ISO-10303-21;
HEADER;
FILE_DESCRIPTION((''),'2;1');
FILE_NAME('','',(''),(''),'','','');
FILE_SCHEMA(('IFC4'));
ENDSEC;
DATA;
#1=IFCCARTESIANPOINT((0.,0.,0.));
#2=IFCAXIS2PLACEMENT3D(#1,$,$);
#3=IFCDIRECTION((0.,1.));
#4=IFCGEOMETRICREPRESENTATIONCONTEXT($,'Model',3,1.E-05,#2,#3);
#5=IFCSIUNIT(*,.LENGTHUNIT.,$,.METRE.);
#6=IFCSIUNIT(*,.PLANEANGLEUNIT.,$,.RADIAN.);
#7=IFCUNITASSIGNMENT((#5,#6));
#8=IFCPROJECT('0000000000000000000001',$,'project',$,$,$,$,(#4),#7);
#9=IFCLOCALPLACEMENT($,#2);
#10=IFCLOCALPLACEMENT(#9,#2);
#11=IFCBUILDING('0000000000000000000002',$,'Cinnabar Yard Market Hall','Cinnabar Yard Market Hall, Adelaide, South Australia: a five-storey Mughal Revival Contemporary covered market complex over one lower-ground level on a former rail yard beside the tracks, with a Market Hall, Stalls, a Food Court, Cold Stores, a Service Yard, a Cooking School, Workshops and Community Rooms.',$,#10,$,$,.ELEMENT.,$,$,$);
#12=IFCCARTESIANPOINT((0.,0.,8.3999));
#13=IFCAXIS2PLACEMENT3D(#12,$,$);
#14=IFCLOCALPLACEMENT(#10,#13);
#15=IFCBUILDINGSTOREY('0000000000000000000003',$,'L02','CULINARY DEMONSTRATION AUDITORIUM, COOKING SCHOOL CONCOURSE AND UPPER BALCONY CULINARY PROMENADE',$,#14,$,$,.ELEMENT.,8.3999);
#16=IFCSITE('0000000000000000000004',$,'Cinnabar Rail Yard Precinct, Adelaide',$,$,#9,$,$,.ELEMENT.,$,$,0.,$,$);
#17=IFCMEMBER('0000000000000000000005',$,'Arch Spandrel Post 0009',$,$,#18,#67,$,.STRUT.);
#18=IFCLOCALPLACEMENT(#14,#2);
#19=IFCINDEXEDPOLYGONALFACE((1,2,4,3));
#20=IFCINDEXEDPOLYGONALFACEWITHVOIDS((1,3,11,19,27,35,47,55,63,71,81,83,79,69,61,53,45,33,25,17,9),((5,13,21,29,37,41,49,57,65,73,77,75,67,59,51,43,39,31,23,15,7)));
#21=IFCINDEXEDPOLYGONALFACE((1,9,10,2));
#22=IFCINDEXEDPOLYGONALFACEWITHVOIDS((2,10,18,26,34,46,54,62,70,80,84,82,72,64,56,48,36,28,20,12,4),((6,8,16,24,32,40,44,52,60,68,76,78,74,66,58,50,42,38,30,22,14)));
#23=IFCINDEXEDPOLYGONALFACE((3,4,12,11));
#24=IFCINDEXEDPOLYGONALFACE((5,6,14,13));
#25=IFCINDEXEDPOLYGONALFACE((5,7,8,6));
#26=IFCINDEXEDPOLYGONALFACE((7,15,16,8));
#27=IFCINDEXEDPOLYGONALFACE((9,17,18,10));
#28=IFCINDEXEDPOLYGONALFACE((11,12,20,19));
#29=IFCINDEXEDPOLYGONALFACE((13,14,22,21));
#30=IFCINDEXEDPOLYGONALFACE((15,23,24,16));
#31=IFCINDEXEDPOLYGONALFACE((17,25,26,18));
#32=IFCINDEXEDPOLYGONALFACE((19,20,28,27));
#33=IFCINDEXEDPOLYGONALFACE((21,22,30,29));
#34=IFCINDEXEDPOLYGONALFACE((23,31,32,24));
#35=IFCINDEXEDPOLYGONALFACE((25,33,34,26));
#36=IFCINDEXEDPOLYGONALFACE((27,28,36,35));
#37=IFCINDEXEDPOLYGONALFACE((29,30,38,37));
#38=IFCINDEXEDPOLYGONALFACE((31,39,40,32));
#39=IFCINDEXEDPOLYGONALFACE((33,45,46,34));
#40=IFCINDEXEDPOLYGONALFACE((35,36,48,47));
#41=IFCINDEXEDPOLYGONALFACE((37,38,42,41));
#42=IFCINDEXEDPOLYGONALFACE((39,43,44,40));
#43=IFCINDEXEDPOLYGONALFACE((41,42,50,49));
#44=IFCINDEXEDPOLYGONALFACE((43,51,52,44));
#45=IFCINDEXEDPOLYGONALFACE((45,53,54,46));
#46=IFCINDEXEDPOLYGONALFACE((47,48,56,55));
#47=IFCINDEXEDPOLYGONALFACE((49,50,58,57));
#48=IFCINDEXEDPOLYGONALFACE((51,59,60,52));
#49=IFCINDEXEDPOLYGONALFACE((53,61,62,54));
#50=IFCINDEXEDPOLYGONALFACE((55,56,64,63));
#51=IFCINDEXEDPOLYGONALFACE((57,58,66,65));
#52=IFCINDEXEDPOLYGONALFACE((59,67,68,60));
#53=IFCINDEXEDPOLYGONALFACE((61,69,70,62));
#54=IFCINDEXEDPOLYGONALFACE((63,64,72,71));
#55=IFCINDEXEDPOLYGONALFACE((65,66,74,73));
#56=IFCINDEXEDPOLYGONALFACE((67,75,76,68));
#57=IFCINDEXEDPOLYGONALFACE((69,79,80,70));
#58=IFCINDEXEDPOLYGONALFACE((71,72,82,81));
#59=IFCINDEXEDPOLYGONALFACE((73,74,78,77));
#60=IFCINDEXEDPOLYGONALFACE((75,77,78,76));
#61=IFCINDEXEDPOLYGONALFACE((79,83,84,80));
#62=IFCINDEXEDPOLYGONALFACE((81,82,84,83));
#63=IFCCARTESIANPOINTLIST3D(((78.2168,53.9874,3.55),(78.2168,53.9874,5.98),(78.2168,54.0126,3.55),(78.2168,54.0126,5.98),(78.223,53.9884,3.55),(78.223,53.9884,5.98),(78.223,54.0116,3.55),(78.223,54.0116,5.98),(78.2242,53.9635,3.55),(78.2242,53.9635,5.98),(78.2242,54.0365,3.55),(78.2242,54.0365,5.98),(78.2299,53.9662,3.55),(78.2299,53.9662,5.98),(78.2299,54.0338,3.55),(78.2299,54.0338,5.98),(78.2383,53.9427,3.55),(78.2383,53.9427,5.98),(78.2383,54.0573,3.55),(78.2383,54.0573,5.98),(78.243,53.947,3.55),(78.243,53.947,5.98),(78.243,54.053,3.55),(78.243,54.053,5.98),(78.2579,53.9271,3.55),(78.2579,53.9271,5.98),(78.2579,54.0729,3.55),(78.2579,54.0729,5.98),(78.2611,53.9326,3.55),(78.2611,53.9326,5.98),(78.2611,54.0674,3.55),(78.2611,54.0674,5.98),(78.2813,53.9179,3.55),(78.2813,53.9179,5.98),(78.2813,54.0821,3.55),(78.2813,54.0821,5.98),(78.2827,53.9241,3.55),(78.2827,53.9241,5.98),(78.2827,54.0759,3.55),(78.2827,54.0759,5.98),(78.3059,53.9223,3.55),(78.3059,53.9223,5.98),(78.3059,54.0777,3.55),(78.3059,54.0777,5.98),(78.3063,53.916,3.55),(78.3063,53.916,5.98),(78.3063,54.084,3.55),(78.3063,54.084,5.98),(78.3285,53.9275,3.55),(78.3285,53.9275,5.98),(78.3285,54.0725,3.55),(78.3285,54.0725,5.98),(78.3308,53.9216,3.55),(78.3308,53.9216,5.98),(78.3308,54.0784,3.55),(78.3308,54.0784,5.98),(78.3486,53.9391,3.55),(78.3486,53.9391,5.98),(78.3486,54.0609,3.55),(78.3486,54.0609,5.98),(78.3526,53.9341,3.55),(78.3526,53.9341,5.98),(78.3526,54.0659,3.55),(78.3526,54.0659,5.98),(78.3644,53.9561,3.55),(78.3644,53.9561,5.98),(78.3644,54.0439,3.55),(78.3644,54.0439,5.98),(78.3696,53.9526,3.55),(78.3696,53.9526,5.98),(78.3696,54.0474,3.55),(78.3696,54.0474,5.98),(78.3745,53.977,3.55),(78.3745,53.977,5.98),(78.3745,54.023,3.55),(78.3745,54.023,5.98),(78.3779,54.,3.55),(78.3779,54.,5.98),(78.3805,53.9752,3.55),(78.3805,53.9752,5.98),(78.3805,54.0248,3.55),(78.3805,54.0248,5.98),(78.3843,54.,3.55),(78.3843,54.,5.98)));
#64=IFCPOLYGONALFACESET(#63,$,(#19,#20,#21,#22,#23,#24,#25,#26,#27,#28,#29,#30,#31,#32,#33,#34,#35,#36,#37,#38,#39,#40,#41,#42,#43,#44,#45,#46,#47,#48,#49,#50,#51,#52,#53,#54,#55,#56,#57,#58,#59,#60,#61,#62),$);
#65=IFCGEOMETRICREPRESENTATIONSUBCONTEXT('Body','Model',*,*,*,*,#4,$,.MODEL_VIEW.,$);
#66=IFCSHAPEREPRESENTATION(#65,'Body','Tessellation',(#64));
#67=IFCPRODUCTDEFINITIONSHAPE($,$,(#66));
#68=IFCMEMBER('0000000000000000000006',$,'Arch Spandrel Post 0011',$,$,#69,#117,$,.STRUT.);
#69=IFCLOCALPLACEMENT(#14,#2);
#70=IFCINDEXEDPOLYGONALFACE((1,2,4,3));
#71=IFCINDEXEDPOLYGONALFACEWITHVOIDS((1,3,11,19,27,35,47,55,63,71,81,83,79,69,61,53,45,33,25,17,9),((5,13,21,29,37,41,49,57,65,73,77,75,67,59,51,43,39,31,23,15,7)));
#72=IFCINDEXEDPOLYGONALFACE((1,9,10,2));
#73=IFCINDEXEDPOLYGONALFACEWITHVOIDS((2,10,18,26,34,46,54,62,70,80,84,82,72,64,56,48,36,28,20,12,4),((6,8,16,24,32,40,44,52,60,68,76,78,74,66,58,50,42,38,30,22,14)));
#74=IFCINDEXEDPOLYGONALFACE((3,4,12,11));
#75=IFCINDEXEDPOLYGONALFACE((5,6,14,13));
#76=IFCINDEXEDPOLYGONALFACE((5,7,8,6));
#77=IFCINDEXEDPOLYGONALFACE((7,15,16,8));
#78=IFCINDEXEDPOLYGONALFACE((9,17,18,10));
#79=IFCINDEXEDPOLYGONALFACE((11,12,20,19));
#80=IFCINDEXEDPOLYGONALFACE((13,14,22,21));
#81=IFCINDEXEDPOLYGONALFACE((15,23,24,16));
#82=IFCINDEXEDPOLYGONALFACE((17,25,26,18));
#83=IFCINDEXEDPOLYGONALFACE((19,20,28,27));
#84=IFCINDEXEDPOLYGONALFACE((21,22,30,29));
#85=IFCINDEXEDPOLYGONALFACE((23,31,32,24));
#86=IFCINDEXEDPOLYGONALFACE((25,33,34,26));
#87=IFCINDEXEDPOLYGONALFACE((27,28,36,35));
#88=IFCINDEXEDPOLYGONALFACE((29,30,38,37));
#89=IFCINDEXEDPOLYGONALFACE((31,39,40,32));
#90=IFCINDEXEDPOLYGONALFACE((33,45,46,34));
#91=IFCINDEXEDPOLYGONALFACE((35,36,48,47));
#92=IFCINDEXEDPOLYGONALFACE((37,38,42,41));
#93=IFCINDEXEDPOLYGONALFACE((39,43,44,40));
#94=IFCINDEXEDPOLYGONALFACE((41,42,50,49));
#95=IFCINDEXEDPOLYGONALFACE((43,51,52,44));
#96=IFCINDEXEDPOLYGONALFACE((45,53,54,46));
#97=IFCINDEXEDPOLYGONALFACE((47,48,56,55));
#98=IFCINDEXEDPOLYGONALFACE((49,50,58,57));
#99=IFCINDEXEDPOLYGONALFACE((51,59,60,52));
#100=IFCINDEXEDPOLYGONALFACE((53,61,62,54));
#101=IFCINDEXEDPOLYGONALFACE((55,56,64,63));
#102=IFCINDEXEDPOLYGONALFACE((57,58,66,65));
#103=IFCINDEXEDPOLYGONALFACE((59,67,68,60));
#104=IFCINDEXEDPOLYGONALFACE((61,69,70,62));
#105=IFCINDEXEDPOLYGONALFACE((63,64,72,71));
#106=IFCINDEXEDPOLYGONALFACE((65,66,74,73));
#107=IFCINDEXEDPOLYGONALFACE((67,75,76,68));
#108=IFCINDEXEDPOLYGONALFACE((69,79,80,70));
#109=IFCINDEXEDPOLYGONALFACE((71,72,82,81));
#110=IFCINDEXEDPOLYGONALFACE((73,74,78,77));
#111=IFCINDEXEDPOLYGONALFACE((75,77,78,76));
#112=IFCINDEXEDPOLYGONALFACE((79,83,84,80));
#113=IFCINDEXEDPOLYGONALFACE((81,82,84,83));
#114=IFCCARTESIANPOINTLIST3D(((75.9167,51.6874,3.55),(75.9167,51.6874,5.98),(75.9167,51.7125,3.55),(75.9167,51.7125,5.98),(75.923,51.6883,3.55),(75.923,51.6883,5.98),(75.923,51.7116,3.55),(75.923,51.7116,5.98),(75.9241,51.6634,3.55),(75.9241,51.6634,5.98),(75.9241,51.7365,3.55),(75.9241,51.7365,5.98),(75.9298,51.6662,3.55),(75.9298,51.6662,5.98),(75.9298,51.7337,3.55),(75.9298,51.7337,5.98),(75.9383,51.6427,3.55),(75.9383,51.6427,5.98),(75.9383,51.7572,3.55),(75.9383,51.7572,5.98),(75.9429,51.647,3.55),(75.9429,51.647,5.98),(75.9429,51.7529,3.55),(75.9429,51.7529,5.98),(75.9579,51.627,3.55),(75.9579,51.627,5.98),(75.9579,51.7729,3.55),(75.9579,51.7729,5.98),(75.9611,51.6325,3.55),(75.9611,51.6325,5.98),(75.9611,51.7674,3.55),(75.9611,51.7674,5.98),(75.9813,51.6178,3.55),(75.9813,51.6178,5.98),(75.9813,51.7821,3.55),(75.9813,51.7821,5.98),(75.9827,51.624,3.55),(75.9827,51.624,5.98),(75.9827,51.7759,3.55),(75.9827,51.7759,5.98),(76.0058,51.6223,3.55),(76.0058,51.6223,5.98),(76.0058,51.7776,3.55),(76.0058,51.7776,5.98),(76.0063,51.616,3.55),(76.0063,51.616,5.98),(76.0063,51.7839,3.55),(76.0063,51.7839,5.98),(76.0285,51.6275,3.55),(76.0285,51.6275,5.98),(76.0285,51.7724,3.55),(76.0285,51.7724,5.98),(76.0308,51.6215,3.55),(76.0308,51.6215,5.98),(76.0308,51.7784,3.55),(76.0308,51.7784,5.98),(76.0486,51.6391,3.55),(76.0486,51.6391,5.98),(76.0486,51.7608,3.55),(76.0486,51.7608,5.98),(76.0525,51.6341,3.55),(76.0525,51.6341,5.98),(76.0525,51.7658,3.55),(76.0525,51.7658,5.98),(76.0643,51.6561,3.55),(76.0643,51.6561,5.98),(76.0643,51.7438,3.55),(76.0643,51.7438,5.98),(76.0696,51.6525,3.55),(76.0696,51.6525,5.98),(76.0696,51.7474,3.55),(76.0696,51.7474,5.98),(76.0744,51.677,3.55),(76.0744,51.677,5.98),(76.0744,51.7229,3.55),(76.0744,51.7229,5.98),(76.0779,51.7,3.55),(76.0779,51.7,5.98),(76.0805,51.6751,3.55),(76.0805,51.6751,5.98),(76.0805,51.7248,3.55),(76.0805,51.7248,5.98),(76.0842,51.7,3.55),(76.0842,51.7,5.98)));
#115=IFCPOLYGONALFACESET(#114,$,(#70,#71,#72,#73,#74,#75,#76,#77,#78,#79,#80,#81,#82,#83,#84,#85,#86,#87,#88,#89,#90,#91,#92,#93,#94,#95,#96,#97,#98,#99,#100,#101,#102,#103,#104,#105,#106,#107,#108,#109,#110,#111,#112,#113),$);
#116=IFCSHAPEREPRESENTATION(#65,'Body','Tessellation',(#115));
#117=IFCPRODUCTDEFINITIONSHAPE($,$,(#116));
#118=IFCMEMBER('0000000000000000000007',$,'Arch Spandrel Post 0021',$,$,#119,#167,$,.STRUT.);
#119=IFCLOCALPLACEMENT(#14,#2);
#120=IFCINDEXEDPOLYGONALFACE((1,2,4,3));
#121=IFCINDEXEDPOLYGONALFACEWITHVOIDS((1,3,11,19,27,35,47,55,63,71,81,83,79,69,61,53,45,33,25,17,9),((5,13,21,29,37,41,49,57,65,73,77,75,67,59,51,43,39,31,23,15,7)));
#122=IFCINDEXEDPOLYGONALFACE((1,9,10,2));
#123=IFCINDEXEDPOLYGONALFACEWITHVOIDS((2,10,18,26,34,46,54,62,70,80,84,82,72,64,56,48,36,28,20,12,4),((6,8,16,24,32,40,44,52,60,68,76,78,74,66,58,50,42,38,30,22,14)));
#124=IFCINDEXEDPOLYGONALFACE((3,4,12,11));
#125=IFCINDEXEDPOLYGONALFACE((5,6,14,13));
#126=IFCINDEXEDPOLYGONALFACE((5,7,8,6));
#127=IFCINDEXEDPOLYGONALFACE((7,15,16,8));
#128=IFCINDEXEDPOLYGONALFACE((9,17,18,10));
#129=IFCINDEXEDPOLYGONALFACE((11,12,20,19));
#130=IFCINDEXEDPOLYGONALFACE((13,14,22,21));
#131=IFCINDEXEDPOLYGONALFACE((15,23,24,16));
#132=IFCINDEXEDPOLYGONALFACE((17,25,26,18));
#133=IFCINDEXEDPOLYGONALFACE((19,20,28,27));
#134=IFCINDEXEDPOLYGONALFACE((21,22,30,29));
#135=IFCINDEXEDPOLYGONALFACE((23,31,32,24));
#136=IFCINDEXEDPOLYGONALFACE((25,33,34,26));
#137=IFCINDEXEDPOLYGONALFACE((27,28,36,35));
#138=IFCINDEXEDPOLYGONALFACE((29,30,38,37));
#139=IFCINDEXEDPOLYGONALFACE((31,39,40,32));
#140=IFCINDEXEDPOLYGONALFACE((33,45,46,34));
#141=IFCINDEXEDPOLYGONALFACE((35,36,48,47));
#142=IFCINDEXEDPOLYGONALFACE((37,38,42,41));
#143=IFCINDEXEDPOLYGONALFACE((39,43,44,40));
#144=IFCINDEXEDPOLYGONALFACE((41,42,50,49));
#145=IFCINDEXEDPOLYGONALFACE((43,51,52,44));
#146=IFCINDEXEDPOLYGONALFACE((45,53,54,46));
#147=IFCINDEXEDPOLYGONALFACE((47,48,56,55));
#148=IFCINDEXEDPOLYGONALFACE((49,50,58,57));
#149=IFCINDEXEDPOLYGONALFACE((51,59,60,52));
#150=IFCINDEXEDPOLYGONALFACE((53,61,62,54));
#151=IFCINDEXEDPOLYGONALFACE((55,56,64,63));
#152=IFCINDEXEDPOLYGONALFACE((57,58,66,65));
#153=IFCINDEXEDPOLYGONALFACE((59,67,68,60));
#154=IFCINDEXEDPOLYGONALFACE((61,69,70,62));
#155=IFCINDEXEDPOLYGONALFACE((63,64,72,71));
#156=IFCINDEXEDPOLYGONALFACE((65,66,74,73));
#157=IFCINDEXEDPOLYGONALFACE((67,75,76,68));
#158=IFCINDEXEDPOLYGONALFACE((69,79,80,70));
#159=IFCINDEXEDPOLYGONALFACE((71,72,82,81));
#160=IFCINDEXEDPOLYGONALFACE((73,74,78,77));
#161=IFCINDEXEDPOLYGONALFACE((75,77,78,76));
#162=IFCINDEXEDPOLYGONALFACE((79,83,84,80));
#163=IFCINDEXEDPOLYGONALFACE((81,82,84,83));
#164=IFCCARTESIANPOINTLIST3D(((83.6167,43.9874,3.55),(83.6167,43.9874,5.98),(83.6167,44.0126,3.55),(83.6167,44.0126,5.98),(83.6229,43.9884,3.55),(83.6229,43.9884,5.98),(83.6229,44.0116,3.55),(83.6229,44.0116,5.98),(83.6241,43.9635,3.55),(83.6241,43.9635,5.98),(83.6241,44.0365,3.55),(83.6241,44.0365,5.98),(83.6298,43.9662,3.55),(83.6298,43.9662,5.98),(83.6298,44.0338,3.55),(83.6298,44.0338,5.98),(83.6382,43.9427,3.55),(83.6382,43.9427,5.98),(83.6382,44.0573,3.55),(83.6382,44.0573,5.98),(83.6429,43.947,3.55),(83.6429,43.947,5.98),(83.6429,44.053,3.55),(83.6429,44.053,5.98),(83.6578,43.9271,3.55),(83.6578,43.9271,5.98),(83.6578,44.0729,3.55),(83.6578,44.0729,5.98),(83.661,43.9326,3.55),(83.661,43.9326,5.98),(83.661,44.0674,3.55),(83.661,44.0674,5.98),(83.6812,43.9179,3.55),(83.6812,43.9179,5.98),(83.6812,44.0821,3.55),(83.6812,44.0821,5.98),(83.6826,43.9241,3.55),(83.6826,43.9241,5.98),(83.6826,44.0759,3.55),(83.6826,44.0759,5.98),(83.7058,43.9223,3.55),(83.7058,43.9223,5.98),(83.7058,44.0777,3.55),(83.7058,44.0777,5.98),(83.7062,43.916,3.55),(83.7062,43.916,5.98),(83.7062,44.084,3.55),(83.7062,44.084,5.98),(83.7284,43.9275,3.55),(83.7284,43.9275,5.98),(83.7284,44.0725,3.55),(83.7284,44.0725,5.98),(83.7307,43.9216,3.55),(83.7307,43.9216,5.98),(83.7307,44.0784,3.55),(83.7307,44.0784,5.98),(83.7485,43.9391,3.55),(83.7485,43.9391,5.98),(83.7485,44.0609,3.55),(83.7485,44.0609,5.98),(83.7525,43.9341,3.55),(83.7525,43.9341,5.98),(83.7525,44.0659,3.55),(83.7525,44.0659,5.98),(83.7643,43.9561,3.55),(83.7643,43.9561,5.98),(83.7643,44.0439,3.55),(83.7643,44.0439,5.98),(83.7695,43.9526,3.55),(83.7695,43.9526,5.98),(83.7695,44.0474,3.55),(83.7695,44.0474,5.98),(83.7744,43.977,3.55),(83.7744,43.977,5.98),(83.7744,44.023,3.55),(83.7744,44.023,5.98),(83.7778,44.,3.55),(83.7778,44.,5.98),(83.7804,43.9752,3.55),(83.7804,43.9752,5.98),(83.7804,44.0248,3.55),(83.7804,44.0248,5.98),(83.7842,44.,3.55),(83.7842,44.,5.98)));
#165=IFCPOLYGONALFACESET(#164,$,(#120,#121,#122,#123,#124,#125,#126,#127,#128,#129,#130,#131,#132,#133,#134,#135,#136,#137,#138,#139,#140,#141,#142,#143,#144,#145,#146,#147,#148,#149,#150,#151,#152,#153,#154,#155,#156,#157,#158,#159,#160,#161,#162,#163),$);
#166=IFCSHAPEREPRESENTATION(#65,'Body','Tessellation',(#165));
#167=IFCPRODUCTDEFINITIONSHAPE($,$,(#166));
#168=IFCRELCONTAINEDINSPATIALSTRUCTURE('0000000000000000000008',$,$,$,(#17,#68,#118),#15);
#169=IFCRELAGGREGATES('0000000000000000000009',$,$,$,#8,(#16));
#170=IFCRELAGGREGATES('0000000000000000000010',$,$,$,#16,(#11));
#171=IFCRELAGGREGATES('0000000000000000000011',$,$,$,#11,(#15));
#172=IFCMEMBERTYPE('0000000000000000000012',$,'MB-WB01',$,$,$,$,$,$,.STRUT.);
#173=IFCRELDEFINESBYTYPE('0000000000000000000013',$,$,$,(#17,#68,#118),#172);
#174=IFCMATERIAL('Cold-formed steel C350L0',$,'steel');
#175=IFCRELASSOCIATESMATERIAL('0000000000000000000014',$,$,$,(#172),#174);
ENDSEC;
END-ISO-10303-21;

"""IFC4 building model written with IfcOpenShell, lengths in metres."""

from ifc_helpers import new_model, si_unit, direction, frame, origin, origin_2d_with_axis, place, context, subcontext, project, spatial, hollow_circle, extrude, material, material_profile, profile_set, type_object, element, save


model = new_model("IFC4")

# Units and contexts
model_context = context("Model", 3, precision=1e-05, world=origin(), true_north=direction((0.0, 1.0)))
body_context = subcontext(model_context, "Body", "Model", "MODEL_VIEW")
ifc_project = project(units=[si_unit("LENGTHUNIT", "METRE"), si_unit("PLANEANGLEUNIT", "RADIAN")], contexts=[model_context])

# Site, building, storey
site_placement = place(None, origin())
site = spatial("IfcSite", under=ifc_project, at=site_placement, Name="Cinnabar Rail Yard Precinct, Adelaide", CompositionType="ELEMENT", RefElevation=0.0)
building_placement = place(site_placement, origin())
building = spatial("IfcBuilding", under=site, at=building_placement, Name="Cinnabar Yard Market Hall", Description="Cinnabar Yard Market Hall, Adelaide, South Australia: a five-storey Mughal Revival Contemporary covered market complex over one lower-ground level on a former rail yard beside the tracks, with a Market Hall, Stalls, a Food Court, Cold Stores, a Service Yard, a Cooking School, Workshops and Community Rooms.", CompositionType="ELEMENT")
storey_placement = place(building_placement, frame((0.0, 0.0, 8.3999)))
storey = spatial("IfcBuildingStorey", under=building, at=storey_placement, Name="L02", Description="CULINARY DEMONSTRATION AUDITORIUM, COOKING SCHOOL CONCOURSE AND UPPER BALCONY CULINARY PROMENADE", CompositionType="ELEMENT", Elevation=8.3999)

# Shared definitions
ifc_material_1 = material(Name="Cold-formed steel C350L0", Category="steel")

# Members
ifc_material_profile_1 = material_profile(ifc_material_1, hollow_circle(Radius=0.0842, WallThickness=0.0063, at=origin_2d_with_axis()), Name="168.3x6.4CHS")
ifc_profile_set_1 = profile_set([ifc_material_profile_1], Name="Cold-formed steel C350L0")
member_type_1 = type_object("IfcMemberType", Name="MB-WB01", PredefinedType="STRUT", material=ifc_profile_set_1)
for number, where, z_axis, x_axis, name in (
    (1, (78.3, 54.0, 3.55), (0.0, 0.0, 1.0), (1.0, 0.0, 0.0), "Arch Spandrel Post 0009"),
    (2, (76.0, 51.7, 3.55), (0.0, 0.0, 1.0), (1.0, 0.0, 0.0), "Arch Spandrel Post 0011"),
    (3, (83.7, 44.0, 3.55), (0.0, 0.0, 1.0), (1.0, 0.0, 0.0), "Arch Spandrel Post 0021"),
):
    element("IfcMember", number, at=place(storey_placement, frame(where, z_axis=z_axis, x_axis=x_axis)), inside=storey, type_object=member_type_1, Name=name, PredefinedType="STRUT", context=body_context, shape_type="SweptSolid", body=[
        extrude(hollow_circle(Radius=0.0842, WallThickness=0.0063, at=origin_2d_with_axis()), origin(), (0.0, 0.0, 1.0), 2.4299),
    ])

save(model, "model.ifc")
